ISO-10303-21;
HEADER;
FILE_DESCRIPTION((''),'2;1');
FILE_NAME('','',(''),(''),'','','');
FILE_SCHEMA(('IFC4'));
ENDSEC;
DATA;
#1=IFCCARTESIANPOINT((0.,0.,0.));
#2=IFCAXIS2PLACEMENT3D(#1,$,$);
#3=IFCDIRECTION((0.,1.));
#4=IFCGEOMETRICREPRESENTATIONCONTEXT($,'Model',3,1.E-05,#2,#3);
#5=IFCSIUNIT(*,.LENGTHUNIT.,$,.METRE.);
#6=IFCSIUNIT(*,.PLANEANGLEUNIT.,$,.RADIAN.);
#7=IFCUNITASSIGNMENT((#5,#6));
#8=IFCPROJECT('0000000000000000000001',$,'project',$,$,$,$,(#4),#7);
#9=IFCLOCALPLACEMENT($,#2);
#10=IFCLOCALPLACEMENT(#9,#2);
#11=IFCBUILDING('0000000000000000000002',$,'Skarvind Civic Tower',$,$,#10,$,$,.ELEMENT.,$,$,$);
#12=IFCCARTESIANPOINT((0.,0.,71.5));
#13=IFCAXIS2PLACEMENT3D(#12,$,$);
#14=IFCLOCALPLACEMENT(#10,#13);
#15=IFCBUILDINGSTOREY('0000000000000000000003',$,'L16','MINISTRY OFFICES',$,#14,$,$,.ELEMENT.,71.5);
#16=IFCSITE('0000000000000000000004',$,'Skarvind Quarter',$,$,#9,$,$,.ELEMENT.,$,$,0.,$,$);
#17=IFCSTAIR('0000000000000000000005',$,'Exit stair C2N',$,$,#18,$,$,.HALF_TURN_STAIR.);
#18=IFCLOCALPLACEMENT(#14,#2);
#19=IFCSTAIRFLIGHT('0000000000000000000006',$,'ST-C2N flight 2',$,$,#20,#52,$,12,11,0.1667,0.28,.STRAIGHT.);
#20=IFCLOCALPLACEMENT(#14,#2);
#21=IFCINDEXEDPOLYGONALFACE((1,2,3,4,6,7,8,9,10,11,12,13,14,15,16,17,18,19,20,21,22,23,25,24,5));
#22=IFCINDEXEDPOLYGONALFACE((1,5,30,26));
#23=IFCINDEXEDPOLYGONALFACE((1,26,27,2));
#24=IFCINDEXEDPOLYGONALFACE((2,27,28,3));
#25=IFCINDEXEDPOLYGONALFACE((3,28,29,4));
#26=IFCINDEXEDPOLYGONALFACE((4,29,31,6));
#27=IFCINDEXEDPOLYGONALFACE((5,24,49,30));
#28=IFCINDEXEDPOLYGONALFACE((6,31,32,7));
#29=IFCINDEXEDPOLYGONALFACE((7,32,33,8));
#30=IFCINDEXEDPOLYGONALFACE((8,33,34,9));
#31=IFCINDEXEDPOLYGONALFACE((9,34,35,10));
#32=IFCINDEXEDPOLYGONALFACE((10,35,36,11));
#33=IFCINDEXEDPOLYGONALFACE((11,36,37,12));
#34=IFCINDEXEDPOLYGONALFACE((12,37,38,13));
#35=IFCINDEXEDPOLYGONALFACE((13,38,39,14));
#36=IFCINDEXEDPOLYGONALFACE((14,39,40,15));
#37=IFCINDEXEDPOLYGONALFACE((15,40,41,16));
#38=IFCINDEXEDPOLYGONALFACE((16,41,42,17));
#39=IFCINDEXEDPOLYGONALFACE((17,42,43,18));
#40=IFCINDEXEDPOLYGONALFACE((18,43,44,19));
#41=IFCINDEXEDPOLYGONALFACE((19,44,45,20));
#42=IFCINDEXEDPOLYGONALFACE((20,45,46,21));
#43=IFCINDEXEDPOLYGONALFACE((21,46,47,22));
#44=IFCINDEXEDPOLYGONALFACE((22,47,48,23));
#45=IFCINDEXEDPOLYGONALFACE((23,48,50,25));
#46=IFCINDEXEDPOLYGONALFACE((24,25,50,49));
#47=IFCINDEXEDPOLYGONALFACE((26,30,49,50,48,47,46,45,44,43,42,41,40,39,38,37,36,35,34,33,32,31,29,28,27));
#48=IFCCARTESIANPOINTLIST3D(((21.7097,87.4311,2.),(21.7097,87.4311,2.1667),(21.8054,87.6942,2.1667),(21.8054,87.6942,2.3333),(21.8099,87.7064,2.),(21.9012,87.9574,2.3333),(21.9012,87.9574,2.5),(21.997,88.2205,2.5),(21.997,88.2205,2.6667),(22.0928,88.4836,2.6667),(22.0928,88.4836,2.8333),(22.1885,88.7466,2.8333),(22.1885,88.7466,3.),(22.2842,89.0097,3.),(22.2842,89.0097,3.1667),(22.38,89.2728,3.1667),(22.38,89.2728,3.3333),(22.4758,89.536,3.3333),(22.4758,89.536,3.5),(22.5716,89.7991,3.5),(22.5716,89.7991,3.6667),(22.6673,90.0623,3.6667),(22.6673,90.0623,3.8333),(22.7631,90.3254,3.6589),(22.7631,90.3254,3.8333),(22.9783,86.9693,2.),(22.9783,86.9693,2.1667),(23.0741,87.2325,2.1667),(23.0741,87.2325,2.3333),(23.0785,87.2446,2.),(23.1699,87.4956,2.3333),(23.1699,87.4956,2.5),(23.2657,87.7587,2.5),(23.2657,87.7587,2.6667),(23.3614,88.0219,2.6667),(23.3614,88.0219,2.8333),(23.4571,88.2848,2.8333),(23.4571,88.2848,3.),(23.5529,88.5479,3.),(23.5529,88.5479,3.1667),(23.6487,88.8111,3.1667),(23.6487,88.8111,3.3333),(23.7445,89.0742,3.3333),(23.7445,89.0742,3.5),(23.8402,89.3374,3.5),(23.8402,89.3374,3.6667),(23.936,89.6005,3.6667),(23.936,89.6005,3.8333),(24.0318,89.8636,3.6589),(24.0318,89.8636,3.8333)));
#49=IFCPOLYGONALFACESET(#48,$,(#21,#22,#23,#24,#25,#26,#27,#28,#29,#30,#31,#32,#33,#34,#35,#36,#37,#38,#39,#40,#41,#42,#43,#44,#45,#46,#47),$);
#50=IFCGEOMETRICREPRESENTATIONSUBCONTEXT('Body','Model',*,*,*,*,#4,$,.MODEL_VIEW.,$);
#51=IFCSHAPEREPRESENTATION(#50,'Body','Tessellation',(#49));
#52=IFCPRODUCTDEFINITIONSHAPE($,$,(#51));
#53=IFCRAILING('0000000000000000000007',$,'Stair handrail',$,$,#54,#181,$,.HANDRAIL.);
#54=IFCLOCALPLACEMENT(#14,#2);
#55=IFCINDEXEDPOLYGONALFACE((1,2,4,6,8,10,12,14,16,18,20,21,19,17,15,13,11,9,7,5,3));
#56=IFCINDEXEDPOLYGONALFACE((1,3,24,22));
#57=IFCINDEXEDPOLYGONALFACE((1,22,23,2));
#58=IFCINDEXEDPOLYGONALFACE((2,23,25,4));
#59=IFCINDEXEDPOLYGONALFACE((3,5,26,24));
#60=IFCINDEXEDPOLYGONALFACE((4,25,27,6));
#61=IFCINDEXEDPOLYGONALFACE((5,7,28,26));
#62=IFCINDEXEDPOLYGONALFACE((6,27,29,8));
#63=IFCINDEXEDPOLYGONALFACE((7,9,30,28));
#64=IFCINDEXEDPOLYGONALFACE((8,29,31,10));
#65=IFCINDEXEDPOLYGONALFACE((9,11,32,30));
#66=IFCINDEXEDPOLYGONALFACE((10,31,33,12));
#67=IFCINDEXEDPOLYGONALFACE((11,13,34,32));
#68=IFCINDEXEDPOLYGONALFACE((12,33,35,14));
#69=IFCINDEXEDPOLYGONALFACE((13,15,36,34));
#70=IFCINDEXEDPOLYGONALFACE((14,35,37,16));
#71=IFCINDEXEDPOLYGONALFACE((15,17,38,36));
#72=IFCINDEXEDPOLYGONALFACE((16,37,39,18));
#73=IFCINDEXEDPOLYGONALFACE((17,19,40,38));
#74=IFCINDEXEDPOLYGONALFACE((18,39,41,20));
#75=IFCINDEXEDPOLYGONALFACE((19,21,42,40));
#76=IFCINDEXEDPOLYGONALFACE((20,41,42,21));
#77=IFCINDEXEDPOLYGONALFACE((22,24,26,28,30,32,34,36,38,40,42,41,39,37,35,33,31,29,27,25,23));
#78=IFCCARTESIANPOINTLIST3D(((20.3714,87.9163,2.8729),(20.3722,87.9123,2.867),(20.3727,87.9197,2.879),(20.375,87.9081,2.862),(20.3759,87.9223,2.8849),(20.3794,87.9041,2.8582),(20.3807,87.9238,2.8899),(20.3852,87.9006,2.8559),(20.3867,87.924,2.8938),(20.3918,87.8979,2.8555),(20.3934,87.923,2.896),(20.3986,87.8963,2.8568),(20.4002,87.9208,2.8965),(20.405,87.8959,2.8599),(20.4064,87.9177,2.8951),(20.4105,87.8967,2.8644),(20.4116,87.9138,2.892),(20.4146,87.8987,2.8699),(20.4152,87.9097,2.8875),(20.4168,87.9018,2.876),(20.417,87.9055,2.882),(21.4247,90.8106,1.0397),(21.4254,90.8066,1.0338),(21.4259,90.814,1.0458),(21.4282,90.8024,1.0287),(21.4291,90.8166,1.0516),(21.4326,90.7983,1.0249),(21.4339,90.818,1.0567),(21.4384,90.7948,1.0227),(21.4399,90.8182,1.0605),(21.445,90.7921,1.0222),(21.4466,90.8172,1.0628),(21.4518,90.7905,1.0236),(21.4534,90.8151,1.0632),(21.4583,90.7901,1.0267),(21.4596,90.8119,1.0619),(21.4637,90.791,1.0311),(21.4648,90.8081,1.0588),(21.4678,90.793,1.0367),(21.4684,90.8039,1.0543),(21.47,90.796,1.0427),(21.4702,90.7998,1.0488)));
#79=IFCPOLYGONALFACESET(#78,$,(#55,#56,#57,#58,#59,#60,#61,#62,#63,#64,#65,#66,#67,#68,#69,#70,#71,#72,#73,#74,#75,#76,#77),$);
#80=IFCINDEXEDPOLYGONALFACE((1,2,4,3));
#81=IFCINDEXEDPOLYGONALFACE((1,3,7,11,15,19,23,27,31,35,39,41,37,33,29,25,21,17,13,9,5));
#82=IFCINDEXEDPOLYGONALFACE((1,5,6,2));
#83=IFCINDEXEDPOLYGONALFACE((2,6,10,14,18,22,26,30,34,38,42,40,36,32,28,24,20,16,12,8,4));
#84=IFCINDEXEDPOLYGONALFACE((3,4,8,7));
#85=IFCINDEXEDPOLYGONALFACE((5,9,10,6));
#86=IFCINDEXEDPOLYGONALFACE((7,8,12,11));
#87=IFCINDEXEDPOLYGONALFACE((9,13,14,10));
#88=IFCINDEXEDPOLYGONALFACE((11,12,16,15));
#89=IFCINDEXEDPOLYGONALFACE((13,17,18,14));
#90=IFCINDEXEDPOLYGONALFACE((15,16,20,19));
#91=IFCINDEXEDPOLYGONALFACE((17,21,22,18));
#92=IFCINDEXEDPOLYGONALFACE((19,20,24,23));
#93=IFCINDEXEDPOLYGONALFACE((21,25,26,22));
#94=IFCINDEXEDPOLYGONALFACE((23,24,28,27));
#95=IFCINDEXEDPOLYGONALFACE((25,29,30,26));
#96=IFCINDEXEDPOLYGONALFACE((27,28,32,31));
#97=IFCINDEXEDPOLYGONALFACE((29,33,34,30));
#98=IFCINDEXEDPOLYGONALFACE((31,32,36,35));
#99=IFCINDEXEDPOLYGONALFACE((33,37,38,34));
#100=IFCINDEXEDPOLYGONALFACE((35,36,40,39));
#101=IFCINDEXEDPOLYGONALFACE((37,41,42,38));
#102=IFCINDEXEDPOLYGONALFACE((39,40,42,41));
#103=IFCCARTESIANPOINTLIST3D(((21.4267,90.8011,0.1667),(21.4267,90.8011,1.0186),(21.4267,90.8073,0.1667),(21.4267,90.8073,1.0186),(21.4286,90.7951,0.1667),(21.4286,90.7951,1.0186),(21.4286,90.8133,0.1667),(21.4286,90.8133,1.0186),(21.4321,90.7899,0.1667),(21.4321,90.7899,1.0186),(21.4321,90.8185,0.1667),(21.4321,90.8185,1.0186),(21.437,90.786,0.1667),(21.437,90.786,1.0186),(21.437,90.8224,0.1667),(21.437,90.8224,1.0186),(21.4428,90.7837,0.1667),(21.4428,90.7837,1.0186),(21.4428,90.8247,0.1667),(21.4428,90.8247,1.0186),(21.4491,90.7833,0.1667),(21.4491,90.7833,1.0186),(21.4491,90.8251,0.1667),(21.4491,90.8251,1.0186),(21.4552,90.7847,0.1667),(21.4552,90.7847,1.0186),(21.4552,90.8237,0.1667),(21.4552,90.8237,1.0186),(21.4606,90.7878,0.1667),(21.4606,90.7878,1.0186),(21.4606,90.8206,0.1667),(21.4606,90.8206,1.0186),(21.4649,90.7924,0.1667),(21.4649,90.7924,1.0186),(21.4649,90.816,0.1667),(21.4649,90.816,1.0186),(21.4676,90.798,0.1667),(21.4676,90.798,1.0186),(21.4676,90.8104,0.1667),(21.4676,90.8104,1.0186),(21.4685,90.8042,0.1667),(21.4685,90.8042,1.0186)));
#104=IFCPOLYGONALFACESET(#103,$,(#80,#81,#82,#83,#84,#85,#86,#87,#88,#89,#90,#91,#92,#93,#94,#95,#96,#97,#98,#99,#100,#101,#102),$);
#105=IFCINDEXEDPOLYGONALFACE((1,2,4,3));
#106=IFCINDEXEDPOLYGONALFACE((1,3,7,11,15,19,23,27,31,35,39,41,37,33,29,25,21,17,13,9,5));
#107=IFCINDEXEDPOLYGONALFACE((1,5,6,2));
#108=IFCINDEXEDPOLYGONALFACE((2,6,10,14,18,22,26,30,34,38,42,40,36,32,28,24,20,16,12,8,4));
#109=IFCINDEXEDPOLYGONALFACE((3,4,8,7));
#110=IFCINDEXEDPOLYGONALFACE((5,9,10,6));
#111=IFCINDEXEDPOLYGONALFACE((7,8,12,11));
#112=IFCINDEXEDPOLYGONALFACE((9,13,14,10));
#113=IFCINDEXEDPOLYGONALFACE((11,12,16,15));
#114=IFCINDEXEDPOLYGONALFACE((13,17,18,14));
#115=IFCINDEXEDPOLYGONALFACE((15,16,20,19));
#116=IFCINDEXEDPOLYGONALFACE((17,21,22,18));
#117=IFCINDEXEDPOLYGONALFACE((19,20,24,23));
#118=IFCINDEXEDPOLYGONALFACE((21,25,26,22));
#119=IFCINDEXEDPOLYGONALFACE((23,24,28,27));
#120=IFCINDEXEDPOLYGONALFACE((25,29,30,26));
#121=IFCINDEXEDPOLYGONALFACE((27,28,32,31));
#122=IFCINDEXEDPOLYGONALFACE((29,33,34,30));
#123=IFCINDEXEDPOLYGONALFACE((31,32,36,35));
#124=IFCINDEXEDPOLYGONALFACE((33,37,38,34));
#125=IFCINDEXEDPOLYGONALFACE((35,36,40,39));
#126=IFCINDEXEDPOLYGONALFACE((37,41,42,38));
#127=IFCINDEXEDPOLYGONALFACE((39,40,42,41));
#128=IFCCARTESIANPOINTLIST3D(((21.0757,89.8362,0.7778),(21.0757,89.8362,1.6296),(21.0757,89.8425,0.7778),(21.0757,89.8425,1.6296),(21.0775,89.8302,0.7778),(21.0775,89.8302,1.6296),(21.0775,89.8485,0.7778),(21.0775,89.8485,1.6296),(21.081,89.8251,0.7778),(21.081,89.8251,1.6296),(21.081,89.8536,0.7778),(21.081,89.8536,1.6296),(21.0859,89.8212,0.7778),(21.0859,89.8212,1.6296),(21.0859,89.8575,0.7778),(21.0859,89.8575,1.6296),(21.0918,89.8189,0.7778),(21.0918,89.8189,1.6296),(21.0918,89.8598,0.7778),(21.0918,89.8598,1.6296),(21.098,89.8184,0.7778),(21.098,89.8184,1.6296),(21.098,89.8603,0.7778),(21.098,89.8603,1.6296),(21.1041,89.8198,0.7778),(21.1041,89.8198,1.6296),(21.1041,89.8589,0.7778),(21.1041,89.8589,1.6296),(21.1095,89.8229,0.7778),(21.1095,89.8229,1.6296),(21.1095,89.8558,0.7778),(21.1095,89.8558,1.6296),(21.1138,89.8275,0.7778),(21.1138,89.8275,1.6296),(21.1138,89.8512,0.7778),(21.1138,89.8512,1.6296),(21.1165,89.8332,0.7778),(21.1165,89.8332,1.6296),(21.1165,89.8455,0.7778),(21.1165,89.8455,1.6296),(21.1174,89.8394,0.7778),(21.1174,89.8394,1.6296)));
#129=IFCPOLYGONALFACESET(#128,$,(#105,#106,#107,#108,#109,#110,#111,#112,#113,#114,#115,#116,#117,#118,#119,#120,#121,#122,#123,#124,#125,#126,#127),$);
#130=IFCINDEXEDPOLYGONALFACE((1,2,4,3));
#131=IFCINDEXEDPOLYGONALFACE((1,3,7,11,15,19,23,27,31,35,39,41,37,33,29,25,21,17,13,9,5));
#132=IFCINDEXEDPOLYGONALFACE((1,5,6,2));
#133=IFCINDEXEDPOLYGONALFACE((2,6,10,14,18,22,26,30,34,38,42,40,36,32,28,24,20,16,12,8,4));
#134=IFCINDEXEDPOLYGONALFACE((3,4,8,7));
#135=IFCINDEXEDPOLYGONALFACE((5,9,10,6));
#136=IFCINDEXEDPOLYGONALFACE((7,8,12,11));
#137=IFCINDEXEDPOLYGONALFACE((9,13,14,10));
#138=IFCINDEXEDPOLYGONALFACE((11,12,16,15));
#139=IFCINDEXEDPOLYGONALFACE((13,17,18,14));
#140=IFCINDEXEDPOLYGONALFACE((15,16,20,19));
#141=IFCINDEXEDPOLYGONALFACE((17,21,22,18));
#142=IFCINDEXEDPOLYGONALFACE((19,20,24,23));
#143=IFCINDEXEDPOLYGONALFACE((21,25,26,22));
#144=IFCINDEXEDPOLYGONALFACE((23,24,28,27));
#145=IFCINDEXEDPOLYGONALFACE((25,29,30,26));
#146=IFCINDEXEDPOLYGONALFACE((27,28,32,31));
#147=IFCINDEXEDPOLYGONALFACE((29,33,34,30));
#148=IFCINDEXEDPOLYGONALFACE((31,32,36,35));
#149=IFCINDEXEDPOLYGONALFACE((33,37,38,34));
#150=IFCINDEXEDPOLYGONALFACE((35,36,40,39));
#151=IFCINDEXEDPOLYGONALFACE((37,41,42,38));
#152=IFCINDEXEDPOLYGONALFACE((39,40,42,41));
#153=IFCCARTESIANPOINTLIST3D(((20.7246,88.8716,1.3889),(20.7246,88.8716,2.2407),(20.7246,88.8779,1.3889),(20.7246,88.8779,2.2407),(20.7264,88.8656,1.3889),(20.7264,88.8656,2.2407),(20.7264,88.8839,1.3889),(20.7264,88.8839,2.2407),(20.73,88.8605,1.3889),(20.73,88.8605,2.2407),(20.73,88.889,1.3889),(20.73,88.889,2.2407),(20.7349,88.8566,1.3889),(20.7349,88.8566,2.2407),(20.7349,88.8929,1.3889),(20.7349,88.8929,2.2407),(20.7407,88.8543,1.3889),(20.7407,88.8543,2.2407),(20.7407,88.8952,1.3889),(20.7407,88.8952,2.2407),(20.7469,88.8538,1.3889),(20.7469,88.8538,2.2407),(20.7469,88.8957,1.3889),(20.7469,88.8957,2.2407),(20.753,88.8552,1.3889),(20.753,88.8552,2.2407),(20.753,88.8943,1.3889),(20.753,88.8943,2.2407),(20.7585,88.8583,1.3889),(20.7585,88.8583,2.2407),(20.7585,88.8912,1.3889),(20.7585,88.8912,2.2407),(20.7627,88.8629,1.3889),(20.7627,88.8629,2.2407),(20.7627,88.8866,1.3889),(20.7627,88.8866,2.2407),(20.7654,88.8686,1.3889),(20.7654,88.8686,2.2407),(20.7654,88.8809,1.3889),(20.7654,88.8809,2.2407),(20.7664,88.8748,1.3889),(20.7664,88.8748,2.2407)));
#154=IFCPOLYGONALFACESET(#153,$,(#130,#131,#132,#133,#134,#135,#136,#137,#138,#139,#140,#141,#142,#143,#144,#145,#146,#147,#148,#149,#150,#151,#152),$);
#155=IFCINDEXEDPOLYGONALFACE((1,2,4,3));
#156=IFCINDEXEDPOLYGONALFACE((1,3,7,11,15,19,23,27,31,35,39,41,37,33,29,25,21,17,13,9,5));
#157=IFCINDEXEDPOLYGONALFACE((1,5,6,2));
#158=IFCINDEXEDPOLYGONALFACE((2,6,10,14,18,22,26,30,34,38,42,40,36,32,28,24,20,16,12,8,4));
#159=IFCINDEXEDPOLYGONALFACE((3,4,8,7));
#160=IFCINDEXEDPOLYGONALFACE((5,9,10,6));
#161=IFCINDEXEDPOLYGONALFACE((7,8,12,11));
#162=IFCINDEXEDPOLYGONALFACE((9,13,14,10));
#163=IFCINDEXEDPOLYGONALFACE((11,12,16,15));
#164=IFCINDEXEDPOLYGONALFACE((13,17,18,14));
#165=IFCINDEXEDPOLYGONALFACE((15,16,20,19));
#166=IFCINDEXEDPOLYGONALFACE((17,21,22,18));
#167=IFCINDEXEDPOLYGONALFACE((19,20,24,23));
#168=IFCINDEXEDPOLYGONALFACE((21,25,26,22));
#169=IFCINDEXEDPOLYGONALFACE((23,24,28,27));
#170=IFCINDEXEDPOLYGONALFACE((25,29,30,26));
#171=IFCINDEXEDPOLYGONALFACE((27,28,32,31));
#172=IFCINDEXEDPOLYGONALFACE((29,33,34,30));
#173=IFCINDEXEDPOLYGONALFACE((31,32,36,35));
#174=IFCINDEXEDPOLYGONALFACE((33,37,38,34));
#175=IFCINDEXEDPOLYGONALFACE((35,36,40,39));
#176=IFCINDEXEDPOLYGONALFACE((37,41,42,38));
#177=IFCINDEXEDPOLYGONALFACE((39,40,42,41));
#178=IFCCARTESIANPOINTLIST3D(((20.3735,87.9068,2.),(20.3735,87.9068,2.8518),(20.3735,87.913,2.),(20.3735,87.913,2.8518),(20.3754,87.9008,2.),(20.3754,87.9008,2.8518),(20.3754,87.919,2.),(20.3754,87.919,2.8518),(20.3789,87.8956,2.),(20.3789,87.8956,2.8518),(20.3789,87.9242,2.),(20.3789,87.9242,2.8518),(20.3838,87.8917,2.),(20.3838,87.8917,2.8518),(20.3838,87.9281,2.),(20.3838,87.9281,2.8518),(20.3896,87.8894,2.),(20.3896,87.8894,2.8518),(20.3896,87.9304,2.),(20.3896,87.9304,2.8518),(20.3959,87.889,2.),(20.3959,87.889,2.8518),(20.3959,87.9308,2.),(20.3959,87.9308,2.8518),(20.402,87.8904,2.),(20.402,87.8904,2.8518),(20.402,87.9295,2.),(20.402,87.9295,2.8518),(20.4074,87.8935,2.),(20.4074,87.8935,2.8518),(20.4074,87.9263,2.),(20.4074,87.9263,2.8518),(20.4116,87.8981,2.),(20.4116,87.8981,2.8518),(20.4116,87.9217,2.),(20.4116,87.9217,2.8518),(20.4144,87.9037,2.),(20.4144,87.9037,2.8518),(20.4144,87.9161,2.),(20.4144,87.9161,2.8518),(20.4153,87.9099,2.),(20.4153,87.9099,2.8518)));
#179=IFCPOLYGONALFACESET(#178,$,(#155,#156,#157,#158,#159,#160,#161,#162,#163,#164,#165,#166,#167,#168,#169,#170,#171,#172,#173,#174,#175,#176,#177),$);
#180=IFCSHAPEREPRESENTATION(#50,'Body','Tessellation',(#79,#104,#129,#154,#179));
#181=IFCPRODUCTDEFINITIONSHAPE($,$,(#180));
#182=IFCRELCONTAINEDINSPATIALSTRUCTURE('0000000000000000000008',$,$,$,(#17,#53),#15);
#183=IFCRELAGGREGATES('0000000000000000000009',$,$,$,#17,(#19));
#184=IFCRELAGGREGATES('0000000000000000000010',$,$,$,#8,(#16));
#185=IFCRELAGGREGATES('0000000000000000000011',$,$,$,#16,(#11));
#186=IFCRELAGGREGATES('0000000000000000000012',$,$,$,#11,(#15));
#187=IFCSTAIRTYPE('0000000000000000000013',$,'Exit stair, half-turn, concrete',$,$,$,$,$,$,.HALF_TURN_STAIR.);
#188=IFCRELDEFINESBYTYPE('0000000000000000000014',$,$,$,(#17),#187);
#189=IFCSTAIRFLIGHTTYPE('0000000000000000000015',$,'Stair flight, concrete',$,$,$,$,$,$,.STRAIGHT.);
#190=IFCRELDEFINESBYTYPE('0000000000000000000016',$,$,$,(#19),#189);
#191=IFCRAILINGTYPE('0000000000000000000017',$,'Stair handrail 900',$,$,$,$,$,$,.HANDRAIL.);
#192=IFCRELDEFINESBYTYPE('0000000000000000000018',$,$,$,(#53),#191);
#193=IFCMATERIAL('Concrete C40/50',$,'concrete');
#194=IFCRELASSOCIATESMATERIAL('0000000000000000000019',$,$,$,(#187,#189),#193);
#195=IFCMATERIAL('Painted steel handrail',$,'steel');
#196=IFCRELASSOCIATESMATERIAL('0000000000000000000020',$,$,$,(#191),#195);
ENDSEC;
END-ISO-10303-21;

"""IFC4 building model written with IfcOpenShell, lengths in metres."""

from ifc_helpers import new_model, si_unit, direction, frame, origin, origin_2d, place, context, subcontext, project, spatial, polyline, circle, outline, extrude, material, type_object, element, aggregate, save


model = new_model("IFC4")

# Units and contexts
model_context = context("Model", 3, precision=1e-05, world=origin(), true_north=direction((0.0, 1.0)))
body_context = subcontext(model_context, "Body", "Model", "MODEL_VIEW")
ifc_project = project(units=[si_unit("LENGTHUNIT", "METRE"), si_unit("PLANEANGLEUNIT", "RADIAN")], contexts=[model_context])

# Site, building, storey
site_placement = place(None, origin())
site = spatial("IfcSite", under=ifc_project, at=site_placement, Name="Skarvind Quarter", CompositionType="ELEMENT", RefElevation=0.0)
building_placement = place(site_placement, origin())
building = spatial("IfcBuilding", under=site, at=building_placement, Name="Skarvind Civic Tower", CompositionType="ELEMENT")
storey_placement = place(building_placement, frame((0.0, 0.0, 71.5)))
storey = spatial("IfcBuildingStorey", under=building, at=storey_placement, Name="L16", Description="MINISTRY OFFICES", CompositionType="ELEMENT", Elevation=71.5)

# Stair, stair flight
ifc_material_1 = material(Name="Concrete C40/50", Category="concrete")
stair_type = type_object("IfcStairType", Name="Exit stair, half-turn, concrete", PredefinedType="HALF_TURN_STAIR", material=ifc_material_1)
stair_placement = place(storey_placement, origin())
stair = element("IfcStair", 1, at=stair_placement, inside=storey, type_object=stair_type, Name="Exit stair C2N", PredefinedType="HALF_TURN_STAIR")
stair_flight_type = type_object("IfcStairFlightType", Name="Stair flight, concrete", PredefinedType="STRAIGHT", material=ifc_material_1)
stair_flight_1_placement = place(storey_placement, frame((22.344, 87.2002, 2.0), z_axis=(0.0, 0.0, 1.0), x_axis=(0.34202, 0.939693, 0.0)))
stair_flight_1 = element("IfcStairFlight", 2, at=stair_flight_1_placement, type_object=stair_flight_type, Name="ST-C2N flight 2", NumberOfRisers=12, NumberOfTreads=11, PredefinedType="STRAIGHT", RiserHeight=0.1667, TreadLength=0.28, context=body_context, shape_type="SweptSolid", body=[
    extrude(outline(polyline([(0.0, 0.0), (0.0, 0.1667), (0.28, 0.1667), (0.28, 0.3333), (0.5601, 0.3333), (0.5601, 0.5), (0.8401, 0.5), (0.8401, 0.6667), (1.1201, 0.6667), (1.1201, 0.8333), (1.3999, 0.8333), (1.3999, 1.0), (1.6799, 1.0), (1.6799, 1.1667), (1.96, 1.1667), (1.96, 1.3333), (2.24, 1.3333), (2.24, 1.5), (2.52, 1.5), (2.52, 1.6667), (2.8, 1.6667), (2.8, 1.8333), (3.0801, 1.8333), (3.0801, 2.0), (3.0801, 1.6589), (0.293, 0.0), (0.0, 0.0)])), frame((0.0, 0.675, 0.0), z_axis=(0.0, -1.0, 0.0), x_axis=(1.0, 0.0, 0.0)), (0.0, 0.0, 1.0), 1.3501),
])
aggregate(stair, [stair_flight_1])

# Railing
ifc_material_2 = material(Name="Painted steel handrail", Category="steel")
railing_type = type_object("IfcRailingType", Name="Stair handrail 900", PredefinedType="HANDRAIL", material=ifc_material_2)
railing_1_placement = place(storey_placement, frame((21.4475, 90.8042, 0.1667)))
element("IfcRailing", 3, at=railing_1_placement, inside=storey, type_object=railing_type, Name="Stair handrail", PredefinedType="HANDRAIL", context=body_context, shape_type="SweptSolid", body=[
    extrude(circle(Radius=0.0239, at=origin_2d()), frame((0.0, 0.0, 0.876), z_axis=(-0.293846, -0.807497, 0.511472), x_axis=(0.939715, -0.341959, 0.0)), (0.0, 0.0, 1.0), 3.5842),
    extrude(circle(Radius=0.021, at=origin_2d()), origin(), (0.0, 0.0, 1.0), 0.8518),
    extrude(circle(Radius=0.021, at=origin_2d()), frame((-0.3511, -0.9648, 0.6111)), (0.0, 0.0, 1.0), 0.8518),
    extrude(circle(Radius=0.021, at=origin_2d()), frame((-0.7021, -1.9294, 1.2222)), (0.0, 0.0, 1.0), 0.8518),
    extrude(circle(Radius=0.021, at=origin_2d()), frame((-1.0532, -2.8943, 1.8333)), (0.0, 0.0, 1.0), 0.8518),
])

save(model, "model.ifc")
